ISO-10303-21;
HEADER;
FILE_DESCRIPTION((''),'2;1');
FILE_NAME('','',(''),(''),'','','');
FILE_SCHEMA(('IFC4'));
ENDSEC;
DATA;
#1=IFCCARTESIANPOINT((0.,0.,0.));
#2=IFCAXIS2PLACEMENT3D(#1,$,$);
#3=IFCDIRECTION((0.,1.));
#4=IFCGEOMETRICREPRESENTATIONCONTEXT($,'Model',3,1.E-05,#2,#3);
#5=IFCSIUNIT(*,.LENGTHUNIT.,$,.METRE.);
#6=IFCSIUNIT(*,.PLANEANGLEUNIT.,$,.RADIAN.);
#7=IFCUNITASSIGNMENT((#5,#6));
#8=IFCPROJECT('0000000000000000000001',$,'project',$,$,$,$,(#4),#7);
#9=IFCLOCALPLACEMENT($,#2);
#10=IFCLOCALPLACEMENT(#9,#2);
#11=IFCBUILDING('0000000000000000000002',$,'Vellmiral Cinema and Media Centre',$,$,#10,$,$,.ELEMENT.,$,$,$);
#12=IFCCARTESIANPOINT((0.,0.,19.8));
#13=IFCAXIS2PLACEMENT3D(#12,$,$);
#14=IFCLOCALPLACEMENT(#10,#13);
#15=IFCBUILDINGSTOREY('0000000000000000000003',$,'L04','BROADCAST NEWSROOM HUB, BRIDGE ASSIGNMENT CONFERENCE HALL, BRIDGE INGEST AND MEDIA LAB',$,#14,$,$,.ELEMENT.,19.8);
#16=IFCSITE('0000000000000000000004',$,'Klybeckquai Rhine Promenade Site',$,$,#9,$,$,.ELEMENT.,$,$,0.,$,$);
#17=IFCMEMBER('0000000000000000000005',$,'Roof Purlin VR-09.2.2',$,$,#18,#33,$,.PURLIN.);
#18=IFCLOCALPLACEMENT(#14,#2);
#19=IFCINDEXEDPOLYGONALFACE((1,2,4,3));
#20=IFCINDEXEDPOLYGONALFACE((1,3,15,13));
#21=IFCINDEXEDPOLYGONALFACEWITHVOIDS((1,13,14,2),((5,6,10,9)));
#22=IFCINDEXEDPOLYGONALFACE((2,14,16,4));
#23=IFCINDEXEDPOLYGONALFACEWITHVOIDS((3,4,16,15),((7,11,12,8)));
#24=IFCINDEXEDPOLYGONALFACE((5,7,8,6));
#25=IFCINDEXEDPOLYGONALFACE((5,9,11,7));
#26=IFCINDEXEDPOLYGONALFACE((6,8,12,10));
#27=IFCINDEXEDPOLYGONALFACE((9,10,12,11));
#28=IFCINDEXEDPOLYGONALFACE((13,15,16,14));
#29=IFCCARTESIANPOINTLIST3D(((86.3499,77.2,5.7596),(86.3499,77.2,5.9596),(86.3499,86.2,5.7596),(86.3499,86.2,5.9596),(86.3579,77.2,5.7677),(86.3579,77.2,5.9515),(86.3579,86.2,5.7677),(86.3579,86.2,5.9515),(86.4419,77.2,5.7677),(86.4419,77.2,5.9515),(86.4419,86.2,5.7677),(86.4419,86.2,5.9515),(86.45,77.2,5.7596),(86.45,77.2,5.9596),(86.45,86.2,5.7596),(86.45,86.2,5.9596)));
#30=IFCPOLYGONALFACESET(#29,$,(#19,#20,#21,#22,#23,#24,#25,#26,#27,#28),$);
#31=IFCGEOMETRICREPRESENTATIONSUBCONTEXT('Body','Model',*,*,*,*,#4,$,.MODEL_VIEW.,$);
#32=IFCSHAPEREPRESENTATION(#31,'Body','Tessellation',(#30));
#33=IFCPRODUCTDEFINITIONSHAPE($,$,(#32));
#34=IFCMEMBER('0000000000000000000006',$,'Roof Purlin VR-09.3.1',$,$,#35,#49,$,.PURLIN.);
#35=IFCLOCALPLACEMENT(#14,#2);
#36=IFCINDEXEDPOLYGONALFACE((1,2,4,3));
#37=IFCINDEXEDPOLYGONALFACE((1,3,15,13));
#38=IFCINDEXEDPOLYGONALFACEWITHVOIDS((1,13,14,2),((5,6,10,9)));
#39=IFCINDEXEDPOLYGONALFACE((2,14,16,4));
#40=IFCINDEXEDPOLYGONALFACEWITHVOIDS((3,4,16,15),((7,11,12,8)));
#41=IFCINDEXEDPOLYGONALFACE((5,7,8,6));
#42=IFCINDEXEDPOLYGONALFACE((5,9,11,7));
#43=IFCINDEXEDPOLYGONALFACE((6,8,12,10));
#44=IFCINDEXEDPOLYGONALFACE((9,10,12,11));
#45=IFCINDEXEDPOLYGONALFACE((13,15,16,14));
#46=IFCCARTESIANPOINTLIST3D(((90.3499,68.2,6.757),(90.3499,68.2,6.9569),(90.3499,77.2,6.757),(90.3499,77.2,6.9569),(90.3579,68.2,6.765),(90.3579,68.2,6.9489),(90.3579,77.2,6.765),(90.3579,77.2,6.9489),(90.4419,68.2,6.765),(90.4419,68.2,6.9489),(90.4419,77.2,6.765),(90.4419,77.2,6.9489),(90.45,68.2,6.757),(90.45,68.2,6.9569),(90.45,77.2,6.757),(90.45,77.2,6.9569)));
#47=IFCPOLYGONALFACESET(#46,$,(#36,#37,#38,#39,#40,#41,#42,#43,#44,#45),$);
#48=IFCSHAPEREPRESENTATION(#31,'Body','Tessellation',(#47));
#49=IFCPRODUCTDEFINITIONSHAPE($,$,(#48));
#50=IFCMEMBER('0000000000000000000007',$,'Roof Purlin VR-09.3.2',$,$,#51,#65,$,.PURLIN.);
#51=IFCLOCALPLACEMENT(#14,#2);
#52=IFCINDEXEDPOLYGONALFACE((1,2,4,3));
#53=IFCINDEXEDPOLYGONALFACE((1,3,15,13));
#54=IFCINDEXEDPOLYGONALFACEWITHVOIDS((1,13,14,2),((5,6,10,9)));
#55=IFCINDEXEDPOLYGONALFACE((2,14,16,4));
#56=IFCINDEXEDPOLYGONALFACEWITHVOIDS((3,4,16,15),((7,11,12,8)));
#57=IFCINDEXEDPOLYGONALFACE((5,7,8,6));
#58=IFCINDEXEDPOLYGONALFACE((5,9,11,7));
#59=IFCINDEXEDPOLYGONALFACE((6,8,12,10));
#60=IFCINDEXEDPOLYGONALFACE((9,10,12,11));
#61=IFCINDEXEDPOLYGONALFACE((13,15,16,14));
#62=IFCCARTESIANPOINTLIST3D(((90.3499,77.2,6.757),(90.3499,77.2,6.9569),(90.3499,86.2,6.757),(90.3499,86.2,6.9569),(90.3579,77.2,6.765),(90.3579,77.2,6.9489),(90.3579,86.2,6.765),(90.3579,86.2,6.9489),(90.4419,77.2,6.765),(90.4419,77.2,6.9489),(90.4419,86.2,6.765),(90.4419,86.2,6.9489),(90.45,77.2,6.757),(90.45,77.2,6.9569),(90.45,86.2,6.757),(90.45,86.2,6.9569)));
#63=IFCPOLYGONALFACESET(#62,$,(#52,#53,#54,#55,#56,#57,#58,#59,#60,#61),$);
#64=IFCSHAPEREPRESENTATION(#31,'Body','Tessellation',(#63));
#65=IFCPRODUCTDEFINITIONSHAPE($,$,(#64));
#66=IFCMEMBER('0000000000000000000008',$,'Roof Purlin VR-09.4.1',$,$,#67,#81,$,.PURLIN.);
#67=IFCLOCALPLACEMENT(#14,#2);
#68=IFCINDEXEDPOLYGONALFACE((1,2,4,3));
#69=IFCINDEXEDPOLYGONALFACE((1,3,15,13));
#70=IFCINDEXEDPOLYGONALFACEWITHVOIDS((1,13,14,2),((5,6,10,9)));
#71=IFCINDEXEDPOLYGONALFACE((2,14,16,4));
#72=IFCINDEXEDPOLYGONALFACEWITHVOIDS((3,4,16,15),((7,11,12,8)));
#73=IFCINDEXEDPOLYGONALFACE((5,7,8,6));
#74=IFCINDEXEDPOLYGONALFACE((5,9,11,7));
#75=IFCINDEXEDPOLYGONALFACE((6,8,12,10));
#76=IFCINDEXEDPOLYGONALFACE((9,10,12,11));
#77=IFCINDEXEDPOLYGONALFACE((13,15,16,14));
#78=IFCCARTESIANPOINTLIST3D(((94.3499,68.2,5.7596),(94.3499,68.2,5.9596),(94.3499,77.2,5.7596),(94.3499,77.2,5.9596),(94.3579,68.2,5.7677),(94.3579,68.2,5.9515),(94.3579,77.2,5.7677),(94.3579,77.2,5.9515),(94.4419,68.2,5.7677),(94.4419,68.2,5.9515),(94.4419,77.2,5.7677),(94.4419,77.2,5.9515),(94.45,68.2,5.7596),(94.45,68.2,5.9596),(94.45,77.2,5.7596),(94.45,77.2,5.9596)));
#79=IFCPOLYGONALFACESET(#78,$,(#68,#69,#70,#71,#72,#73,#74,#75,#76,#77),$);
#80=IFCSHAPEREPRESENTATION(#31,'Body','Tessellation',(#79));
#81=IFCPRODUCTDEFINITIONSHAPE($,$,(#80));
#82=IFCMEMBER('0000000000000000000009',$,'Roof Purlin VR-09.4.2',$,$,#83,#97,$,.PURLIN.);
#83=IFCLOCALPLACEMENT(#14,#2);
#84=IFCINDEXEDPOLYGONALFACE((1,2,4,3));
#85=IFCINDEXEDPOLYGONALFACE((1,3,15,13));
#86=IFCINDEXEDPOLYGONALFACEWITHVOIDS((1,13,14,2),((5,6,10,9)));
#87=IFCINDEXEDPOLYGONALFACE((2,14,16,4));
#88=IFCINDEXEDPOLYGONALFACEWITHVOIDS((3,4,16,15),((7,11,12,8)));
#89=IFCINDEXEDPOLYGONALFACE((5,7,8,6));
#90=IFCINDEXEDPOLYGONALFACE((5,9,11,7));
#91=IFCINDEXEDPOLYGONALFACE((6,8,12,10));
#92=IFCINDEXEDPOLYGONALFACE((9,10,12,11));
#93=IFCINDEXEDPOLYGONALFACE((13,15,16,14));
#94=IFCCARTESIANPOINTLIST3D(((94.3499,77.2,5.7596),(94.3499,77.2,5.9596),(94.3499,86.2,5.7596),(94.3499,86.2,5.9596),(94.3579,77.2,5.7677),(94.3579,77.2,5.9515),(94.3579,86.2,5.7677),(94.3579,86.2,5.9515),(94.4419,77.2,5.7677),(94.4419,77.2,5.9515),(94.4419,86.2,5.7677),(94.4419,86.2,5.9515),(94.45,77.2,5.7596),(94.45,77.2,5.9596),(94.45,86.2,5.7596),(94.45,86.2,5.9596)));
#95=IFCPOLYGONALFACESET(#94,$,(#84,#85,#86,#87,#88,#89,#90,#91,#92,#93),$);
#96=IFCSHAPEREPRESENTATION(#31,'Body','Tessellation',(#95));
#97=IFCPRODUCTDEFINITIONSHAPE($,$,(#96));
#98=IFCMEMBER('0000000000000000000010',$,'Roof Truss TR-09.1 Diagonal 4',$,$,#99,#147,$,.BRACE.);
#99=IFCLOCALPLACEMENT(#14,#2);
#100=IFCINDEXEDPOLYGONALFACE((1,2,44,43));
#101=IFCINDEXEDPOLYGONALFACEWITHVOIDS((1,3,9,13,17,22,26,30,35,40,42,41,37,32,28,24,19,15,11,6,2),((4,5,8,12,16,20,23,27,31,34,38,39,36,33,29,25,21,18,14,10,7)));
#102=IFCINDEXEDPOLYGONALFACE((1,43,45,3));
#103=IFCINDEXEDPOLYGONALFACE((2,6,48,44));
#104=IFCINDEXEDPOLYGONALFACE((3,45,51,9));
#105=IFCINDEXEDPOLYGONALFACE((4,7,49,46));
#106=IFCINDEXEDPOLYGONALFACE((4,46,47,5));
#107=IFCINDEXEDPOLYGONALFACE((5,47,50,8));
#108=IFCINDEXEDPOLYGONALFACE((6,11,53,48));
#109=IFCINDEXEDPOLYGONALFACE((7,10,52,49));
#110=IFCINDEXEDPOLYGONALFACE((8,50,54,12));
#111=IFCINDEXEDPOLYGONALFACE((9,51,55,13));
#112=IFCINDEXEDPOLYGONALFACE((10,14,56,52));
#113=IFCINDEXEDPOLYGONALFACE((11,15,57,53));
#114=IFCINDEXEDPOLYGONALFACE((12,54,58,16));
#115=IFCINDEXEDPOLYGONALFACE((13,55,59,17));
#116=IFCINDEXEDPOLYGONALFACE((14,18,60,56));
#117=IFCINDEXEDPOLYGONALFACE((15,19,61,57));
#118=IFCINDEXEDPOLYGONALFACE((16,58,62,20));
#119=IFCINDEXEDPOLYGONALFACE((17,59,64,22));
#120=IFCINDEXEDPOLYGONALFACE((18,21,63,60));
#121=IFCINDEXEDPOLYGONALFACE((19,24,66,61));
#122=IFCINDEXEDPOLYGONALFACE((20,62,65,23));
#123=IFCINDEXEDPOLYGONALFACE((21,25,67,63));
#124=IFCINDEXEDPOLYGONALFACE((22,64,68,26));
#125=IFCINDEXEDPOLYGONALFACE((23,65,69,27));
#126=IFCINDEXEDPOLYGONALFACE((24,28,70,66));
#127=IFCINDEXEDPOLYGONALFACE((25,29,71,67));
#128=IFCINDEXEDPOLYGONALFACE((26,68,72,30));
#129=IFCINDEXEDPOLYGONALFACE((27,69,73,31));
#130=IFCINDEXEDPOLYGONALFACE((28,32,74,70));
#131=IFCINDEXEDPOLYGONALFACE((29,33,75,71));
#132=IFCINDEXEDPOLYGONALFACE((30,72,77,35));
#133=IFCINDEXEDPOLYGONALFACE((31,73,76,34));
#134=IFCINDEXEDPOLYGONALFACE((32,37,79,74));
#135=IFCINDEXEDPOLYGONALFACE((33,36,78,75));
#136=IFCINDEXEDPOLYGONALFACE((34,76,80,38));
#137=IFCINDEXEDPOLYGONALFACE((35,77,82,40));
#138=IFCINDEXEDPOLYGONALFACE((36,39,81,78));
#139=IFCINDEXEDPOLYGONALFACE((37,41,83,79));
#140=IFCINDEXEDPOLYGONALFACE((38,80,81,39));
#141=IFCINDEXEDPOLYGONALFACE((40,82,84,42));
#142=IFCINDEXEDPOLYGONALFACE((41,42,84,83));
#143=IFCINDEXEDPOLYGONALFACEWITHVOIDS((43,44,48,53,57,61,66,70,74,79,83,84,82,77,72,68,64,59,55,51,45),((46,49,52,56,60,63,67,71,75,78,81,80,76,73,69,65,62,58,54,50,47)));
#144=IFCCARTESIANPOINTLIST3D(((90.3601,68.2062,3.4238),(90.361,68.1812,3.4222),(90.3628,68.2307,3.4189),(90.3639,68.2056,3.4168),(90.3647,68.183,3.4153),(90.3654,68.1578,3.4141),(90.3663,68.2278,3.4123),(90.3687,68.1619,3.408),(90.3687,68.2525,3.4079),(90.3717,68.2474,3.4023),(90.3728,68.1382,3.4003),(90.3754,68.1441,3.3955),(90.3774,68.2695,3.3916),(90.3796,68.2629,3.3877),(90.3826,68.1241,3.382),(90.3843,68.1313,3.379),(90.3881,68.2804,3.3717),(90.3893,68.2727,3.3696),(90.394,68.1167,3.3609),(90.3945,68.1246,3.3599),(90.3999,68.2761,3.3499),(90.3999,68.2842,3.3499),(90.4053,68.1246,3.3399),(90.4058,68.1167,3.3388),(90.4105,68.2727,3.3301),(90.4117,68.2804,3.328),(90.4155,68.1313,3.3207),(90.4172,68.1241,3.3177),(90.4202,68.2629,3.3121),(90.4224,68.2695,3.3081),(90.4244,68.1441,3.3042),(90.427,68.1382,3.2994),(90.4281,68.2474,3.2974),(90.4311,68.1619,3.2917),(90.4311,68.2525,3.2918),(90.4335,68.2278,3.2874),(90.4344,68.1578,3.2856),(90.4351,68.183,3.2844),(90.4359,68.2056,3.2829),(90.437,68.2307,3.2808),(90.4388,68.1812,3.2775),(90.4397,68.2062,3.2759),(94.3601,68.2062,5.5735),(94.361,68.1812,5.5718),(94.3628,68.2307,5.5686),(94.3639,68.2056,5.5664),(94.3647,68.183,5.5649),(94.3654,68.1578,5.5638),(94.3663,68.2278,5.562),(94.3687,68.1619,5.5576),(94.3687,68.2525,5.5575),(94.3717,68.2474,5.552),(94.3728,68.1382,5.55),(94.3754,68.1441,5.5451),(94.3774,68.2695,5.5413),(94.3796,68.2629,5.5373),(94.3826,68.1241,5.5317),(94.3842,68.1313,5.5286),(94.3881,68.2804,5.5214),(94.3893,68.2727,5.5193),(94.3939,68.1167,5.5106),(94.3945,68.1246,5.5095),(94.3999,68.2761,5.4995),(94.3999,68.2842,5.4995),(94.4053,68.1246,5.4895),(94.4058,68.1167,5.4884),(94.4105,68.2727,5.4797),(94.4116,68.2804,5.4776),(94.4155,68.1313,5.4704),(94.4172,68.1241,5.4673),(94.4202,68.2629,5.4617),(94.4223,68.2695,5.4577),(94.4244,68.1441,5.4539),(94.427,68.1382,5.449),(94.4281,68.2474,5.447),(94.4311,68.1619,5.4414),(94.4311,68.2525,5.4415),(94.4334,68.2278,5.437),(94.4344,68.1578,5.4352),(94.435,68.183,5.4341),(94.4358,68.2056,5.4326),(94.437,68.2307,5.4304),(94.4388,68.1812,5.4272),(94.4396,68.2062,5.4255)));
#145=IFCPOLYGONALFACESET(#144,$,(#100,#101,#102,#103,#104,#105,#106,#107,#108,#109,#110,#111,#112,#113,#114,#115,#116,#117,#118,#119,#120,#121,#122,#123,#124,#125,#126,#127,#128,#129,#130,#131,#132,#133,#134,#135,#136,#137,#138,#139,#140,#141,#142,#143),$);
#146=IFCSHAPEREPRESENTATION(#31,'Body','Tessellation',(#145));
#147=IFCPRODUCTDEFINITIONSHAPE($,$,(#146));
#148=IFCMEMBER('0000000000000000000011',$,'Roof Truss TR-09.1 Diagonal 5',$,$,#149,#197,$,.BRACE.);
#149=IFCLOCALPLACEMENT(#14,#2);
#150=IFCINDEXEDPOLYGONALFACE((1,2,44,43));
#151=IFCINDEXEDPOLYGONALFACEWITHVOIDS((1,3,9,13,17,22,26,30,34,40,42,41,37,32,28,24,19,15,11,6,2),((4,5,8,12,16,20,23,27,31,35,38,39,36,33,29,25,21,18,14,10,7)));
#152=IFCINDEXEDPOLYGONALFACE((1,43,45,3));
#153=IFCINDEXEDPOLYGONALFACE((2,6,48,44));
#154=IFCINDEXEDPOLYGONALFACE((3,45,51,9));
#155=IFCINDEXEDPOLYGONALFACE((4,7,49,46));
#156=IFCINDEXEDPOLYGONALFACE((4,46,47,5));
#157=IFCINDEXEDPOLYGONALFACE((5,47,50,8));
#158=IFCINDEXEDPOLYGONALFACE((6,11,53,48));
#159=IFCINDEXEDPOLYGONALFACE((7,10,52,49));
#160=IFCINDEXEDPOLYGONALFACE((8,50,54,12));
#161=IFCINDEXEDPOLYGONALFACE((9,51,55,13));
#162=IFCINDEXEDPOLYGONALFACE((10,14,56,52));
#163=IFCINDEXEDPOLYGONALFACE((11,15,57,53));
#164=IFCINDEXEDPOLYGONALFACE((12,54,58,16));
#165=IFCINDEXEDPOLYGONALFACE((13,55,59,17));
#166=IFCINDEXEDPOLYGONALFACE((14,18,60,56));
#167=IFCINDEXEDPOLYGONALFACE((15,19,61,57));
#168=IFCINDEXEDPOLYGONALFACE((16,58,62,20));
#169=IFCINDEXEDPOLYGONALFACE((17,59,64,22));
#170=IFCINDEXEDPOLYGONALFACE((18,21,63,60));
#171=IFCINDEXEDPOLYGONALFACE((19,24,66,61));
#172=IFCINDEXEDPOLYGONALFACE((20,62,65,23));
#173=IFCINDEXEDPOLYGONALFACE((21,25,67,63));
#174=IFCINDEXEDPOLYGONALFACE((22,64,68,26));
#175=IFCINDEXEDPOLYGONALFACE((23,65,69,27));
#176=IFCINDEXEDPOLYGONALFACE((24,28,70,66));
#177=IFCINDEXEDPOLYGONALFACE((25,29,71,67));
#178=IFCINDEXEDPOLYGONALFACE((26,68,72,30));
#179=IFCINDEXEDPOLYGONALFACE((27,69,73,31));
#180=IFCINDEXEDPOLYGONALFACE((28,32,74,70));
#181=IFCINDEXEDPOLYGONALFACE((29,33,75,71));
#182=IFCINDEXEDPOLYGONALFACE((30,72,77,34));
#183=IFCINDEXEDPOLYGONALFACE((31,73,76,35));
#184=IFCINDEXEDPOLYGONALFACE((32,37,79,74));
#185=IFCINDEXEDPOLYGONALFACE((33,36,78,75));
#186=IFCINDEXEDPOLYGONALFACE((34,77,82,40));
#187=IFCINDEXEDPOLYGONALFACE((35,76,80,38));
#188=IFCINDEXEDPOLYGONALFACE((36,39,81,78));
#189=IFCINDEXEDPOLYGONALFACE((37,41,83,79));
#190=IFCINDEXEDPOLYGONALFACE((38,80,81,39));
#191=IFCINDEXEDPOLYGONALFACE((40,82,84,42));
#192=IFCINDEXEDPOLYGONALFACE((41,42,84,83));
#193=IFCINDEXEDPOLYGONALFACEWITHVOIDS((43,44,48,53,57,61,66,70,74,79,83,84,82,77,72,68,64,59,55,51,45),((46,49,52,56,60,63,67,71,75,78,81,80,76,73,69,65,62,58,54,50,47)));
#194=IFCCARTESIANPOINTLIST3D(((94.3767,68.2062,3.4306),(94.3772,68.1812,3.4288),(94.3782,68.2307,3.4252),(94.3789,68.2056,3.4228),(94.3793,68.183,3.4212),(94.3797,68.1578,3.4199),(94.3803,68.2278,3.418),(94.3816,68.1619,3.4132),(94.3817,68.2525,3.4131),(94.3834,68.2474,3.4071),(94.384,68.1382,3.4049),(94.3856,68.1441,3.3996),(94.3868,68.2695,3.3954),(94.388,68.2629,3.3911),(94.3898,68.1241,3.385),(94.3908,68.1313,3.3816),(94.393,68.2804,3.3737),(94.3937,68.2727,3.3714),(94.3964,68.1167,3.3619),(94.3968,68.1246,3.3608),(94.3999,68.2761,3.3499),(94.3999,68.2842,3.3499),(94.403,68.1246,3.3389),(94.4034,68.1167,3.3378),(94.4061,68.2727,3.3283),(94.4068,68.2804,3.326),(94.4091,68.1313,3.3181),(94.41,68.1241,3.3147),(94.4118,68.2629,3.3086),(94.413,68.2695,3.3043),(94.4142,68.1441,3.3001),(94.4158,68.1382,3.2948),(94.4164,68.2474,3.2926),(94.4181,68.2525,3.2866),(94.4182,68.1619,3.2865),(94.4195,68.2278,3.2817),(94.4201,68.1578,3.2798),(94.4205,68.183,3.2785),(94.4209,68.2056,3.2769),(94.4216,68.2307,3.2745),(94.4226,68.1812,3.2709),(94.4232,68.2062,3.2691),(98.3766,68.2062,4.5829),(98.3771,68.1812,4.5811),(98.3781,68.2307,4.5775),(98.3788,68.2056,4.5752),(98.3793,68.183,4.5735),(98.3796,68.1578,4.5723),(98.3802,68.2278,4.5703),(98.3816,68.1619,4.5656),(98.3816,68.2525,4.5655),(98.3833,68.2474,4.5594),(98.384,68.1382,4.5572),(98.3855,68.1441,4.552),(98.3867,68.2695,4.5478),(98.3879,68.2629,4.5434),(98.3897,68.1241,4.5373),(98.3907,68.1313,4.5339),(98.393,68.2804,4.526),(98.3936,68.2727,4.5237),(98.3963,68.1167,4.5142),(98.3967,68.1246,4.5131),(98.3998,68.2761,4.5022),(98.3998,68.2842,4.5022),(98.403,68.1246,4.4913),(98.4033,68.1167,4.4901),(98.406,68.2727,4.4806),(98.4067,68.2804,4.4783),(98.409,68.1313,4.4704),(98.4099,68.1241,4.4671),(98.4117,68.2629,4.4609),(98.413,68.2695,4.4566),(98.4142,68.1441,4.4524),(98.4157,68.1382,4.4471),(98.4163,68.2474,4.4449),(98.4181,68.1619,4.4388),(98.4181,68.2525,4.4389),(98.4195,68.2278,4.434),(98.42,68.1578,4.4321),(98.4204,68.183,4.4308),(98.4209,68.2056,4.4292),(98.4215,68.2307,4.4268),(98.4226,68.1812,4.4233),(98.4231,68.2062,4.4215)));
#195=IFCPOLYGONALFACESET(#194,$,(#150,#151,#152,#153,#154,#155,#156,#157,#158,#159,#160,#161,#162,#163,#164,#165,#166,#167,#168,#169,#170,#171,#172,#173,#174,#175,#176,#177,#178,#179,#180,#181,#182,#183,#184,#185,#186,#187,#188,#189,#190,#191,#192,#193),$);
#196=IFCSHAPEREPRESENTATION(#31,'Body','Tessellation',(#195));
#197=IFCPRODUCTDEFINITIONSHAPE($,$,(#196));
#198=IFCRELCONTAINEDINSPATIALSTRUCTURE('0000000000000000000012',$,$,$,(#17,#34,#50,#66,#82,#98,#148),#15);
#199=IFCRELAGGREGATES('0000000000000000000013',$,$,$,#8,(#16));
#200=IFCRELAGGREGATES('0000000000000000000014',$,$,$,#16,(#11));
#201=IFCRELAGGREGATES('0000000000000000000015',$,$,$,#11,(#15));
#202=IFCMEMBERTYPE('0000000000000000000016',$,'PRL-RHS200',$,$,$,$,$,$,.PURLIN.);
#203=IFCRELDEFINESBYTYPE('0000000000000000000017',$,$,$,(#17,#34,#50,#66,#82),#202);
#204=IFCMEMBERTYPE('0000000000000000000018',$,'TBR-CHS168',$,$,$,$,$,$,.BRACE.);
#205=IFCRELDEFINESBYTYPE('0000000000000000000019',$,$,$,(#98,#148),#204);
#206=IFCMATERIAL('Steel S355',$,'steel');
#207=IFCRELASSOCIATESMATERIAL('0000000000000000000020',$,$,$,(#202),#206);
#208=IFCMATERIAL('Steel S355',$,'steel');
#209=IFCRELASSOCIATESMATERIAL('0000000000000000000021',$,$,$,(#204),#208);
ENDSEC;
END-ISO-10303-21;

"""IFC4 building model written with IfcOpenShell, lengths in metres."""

from ifc_helpers import new_model, si_unit, direction, frame, origin, origin_2d, place, context, subcontext, project, spatial, hollow_rectangle, hollow_circle, extrude, material, material_profile, profile_set, type_object, element, save


model = new_model("IFC4")

# Units and contexts
model_context = context("Model", 3, precision=1e-05, world=origin(), true_north=direction((0.0, 1.0)))
body_context = subcontext(model_context, "Body", "Model", "MODEL_VIEW")
ifc_project = project(units=[si_unit("LENGTHUNIT", "METRE"), si_unit("PLANEANGLEUNIT", "RADIAN")], contexts=[model_context])

# Site, building, storey
site_placement = place(None, origin())
site = spatial("IfcSite", under=ifc_project, at=site_placement, Name="Klybeckquai Rhine Promenade Site", CompositionType="ELEMENT", RefElevation=0.0)
building_placement = place(site_placement, origin())
building = spatial("IfcBuilding", under=site, at=building_placement, Name="Vellmiral Cinema and Media Centre", CompositionType="ELEMENT")
storey_placement = place(building_placement, frame((0.0, 0.0, 19.8)))
storey = spatial("IfcBuildingStorey", under=building, at=storey_placement, Name="L04", Description="BROADCAST NEWSROOM HUB, BRIDGE ASSIGNMENT CONFERENCE HALL, BRIDGE INGEST AND MEDIA LAB", CompositionType="ELEMENT", Elevation=19.8)

# Members
ifc_material_1 = material(Name="Steel S355", Category="steel")
ifc_material_profile_1 = material_profile(ifc_material_1, hollow_rectangle(XDim=0.1001, YDim=0.2, WallThickness=0.0081, at=origin_2d()), Name="RHS 200x100x8.0")
ifc_profile_set_1 = profile_set([ifc_material_profile_1], Name="Steel S355")
member_type_1 = type_object("IfcMemberType", Name="PRL-RHS200", PredefinedType="PURLIN", material=ifc_profile_set_1)
for number, where, z_axis, x_axis, name in (
    (1, (86.3999, 77.2, 5.8596), (0.0, 1.0, 0.0), (-1.0, 0.0, 0.0), "Roof Purlin VR-09.2.2"),
    (2, (90.3999, 68.2, 6.8569), (0.0, 1.0, 0.0), (-1.0, 0.0, 0.0), "Roof Purlin VR-09.3.1"),
    (3, (90.3999, 77.2, 6.8569), (0.0, 1.0, 0.0), (-1.0, 0.0, 0.0), "Roof Purlin VR-09.3.2"),
    (4, (94.3999, 68.2, 5.8596), (0.0, 1.0, 0.0), (-1.0, 0.0, 0.0), "Roof Purlin VR-09.4.1"),
    (5, (94.3999, 77.2, 5.8596), (0.0, 1.0, 0.0), (-1.0, 0.0, 0.0), "Roof Purlin VR-09.4.2"),
):
    element("IfcMember", number, at=place(storey_placement, frame(where, z_axis=z_axis, x_axis=x_axis)), inside=storey, type_object=member_type_1, Name=name, PredefinedType="PURLIN", context=body_context, shape_type="SweptSolid", body=[
        extrude(hollow_rectangle(XDim=0.1001, YDim=0.2, WallThickness=0.0081, at=origin_2d()), origin(), (0.0, 0.0, 1.0), 9.0),
    ])
ifc_material_2 = material(Name="Steel S355", Category="steel")
ifc_material_profile_2 = material_profile(ifc_material_2, hollow_circle(Radius=0.0842, WallThickness=0.0081, at=origin_2d()), Name="CHS 168.3x8.0")
ifc_profile_set_2 = profile_set([ifc_material_profile_2], Name="Steel S355")
member_type_2 = type_object("IfcMemberType", Name="TBR-CHS168", PredefinedType="BRACE", material=ifc_profile_set_2)
member_1_placement = place(storey_placement, frame((90.3999, 68.2, 3.3499), z_axis=(0.880856, 0.0, 0.473385), x_axis=(0.0, 1.0, 0.0)))
element("IfcMember", 6, at=member_1_placement, inside=storey, type_object=member_type_2, Name="Roof Truss TR-09.1 Diagonal 4", PredefinedType="BRACE", context=body_context, shape_type="SweptSolid", body=[
    extrude(hollow_circle(Radius=0.0842, WallThickness=0.0081, at=origin_2d()), origin(), (0.0, 0.0, 1.0), 4.541),
])
member_2_placement = place(storey_placement, frame((94.3999, 68.2, 3.3499), z_axis=(0.96092, 0.0, 0.276827), x_axis=(0.0, 1.0, 0.0)))
element("IfcMember", 7, at=member_2_placement, inside=storey, type_object=member_type_2, Name="Roof Truss TR-09.1 Diagonal 5", PredefinedType="BRACE", context=body_context, shape_type="SweptSolid", body=[
    extrude(hollow_circle(Radius=0.0842, WallThickness=0.0081, at=origin_2d()), origin(), (0.0, 0.0, 1.0), 4.1626),
])

save(model, "model.ifc")
